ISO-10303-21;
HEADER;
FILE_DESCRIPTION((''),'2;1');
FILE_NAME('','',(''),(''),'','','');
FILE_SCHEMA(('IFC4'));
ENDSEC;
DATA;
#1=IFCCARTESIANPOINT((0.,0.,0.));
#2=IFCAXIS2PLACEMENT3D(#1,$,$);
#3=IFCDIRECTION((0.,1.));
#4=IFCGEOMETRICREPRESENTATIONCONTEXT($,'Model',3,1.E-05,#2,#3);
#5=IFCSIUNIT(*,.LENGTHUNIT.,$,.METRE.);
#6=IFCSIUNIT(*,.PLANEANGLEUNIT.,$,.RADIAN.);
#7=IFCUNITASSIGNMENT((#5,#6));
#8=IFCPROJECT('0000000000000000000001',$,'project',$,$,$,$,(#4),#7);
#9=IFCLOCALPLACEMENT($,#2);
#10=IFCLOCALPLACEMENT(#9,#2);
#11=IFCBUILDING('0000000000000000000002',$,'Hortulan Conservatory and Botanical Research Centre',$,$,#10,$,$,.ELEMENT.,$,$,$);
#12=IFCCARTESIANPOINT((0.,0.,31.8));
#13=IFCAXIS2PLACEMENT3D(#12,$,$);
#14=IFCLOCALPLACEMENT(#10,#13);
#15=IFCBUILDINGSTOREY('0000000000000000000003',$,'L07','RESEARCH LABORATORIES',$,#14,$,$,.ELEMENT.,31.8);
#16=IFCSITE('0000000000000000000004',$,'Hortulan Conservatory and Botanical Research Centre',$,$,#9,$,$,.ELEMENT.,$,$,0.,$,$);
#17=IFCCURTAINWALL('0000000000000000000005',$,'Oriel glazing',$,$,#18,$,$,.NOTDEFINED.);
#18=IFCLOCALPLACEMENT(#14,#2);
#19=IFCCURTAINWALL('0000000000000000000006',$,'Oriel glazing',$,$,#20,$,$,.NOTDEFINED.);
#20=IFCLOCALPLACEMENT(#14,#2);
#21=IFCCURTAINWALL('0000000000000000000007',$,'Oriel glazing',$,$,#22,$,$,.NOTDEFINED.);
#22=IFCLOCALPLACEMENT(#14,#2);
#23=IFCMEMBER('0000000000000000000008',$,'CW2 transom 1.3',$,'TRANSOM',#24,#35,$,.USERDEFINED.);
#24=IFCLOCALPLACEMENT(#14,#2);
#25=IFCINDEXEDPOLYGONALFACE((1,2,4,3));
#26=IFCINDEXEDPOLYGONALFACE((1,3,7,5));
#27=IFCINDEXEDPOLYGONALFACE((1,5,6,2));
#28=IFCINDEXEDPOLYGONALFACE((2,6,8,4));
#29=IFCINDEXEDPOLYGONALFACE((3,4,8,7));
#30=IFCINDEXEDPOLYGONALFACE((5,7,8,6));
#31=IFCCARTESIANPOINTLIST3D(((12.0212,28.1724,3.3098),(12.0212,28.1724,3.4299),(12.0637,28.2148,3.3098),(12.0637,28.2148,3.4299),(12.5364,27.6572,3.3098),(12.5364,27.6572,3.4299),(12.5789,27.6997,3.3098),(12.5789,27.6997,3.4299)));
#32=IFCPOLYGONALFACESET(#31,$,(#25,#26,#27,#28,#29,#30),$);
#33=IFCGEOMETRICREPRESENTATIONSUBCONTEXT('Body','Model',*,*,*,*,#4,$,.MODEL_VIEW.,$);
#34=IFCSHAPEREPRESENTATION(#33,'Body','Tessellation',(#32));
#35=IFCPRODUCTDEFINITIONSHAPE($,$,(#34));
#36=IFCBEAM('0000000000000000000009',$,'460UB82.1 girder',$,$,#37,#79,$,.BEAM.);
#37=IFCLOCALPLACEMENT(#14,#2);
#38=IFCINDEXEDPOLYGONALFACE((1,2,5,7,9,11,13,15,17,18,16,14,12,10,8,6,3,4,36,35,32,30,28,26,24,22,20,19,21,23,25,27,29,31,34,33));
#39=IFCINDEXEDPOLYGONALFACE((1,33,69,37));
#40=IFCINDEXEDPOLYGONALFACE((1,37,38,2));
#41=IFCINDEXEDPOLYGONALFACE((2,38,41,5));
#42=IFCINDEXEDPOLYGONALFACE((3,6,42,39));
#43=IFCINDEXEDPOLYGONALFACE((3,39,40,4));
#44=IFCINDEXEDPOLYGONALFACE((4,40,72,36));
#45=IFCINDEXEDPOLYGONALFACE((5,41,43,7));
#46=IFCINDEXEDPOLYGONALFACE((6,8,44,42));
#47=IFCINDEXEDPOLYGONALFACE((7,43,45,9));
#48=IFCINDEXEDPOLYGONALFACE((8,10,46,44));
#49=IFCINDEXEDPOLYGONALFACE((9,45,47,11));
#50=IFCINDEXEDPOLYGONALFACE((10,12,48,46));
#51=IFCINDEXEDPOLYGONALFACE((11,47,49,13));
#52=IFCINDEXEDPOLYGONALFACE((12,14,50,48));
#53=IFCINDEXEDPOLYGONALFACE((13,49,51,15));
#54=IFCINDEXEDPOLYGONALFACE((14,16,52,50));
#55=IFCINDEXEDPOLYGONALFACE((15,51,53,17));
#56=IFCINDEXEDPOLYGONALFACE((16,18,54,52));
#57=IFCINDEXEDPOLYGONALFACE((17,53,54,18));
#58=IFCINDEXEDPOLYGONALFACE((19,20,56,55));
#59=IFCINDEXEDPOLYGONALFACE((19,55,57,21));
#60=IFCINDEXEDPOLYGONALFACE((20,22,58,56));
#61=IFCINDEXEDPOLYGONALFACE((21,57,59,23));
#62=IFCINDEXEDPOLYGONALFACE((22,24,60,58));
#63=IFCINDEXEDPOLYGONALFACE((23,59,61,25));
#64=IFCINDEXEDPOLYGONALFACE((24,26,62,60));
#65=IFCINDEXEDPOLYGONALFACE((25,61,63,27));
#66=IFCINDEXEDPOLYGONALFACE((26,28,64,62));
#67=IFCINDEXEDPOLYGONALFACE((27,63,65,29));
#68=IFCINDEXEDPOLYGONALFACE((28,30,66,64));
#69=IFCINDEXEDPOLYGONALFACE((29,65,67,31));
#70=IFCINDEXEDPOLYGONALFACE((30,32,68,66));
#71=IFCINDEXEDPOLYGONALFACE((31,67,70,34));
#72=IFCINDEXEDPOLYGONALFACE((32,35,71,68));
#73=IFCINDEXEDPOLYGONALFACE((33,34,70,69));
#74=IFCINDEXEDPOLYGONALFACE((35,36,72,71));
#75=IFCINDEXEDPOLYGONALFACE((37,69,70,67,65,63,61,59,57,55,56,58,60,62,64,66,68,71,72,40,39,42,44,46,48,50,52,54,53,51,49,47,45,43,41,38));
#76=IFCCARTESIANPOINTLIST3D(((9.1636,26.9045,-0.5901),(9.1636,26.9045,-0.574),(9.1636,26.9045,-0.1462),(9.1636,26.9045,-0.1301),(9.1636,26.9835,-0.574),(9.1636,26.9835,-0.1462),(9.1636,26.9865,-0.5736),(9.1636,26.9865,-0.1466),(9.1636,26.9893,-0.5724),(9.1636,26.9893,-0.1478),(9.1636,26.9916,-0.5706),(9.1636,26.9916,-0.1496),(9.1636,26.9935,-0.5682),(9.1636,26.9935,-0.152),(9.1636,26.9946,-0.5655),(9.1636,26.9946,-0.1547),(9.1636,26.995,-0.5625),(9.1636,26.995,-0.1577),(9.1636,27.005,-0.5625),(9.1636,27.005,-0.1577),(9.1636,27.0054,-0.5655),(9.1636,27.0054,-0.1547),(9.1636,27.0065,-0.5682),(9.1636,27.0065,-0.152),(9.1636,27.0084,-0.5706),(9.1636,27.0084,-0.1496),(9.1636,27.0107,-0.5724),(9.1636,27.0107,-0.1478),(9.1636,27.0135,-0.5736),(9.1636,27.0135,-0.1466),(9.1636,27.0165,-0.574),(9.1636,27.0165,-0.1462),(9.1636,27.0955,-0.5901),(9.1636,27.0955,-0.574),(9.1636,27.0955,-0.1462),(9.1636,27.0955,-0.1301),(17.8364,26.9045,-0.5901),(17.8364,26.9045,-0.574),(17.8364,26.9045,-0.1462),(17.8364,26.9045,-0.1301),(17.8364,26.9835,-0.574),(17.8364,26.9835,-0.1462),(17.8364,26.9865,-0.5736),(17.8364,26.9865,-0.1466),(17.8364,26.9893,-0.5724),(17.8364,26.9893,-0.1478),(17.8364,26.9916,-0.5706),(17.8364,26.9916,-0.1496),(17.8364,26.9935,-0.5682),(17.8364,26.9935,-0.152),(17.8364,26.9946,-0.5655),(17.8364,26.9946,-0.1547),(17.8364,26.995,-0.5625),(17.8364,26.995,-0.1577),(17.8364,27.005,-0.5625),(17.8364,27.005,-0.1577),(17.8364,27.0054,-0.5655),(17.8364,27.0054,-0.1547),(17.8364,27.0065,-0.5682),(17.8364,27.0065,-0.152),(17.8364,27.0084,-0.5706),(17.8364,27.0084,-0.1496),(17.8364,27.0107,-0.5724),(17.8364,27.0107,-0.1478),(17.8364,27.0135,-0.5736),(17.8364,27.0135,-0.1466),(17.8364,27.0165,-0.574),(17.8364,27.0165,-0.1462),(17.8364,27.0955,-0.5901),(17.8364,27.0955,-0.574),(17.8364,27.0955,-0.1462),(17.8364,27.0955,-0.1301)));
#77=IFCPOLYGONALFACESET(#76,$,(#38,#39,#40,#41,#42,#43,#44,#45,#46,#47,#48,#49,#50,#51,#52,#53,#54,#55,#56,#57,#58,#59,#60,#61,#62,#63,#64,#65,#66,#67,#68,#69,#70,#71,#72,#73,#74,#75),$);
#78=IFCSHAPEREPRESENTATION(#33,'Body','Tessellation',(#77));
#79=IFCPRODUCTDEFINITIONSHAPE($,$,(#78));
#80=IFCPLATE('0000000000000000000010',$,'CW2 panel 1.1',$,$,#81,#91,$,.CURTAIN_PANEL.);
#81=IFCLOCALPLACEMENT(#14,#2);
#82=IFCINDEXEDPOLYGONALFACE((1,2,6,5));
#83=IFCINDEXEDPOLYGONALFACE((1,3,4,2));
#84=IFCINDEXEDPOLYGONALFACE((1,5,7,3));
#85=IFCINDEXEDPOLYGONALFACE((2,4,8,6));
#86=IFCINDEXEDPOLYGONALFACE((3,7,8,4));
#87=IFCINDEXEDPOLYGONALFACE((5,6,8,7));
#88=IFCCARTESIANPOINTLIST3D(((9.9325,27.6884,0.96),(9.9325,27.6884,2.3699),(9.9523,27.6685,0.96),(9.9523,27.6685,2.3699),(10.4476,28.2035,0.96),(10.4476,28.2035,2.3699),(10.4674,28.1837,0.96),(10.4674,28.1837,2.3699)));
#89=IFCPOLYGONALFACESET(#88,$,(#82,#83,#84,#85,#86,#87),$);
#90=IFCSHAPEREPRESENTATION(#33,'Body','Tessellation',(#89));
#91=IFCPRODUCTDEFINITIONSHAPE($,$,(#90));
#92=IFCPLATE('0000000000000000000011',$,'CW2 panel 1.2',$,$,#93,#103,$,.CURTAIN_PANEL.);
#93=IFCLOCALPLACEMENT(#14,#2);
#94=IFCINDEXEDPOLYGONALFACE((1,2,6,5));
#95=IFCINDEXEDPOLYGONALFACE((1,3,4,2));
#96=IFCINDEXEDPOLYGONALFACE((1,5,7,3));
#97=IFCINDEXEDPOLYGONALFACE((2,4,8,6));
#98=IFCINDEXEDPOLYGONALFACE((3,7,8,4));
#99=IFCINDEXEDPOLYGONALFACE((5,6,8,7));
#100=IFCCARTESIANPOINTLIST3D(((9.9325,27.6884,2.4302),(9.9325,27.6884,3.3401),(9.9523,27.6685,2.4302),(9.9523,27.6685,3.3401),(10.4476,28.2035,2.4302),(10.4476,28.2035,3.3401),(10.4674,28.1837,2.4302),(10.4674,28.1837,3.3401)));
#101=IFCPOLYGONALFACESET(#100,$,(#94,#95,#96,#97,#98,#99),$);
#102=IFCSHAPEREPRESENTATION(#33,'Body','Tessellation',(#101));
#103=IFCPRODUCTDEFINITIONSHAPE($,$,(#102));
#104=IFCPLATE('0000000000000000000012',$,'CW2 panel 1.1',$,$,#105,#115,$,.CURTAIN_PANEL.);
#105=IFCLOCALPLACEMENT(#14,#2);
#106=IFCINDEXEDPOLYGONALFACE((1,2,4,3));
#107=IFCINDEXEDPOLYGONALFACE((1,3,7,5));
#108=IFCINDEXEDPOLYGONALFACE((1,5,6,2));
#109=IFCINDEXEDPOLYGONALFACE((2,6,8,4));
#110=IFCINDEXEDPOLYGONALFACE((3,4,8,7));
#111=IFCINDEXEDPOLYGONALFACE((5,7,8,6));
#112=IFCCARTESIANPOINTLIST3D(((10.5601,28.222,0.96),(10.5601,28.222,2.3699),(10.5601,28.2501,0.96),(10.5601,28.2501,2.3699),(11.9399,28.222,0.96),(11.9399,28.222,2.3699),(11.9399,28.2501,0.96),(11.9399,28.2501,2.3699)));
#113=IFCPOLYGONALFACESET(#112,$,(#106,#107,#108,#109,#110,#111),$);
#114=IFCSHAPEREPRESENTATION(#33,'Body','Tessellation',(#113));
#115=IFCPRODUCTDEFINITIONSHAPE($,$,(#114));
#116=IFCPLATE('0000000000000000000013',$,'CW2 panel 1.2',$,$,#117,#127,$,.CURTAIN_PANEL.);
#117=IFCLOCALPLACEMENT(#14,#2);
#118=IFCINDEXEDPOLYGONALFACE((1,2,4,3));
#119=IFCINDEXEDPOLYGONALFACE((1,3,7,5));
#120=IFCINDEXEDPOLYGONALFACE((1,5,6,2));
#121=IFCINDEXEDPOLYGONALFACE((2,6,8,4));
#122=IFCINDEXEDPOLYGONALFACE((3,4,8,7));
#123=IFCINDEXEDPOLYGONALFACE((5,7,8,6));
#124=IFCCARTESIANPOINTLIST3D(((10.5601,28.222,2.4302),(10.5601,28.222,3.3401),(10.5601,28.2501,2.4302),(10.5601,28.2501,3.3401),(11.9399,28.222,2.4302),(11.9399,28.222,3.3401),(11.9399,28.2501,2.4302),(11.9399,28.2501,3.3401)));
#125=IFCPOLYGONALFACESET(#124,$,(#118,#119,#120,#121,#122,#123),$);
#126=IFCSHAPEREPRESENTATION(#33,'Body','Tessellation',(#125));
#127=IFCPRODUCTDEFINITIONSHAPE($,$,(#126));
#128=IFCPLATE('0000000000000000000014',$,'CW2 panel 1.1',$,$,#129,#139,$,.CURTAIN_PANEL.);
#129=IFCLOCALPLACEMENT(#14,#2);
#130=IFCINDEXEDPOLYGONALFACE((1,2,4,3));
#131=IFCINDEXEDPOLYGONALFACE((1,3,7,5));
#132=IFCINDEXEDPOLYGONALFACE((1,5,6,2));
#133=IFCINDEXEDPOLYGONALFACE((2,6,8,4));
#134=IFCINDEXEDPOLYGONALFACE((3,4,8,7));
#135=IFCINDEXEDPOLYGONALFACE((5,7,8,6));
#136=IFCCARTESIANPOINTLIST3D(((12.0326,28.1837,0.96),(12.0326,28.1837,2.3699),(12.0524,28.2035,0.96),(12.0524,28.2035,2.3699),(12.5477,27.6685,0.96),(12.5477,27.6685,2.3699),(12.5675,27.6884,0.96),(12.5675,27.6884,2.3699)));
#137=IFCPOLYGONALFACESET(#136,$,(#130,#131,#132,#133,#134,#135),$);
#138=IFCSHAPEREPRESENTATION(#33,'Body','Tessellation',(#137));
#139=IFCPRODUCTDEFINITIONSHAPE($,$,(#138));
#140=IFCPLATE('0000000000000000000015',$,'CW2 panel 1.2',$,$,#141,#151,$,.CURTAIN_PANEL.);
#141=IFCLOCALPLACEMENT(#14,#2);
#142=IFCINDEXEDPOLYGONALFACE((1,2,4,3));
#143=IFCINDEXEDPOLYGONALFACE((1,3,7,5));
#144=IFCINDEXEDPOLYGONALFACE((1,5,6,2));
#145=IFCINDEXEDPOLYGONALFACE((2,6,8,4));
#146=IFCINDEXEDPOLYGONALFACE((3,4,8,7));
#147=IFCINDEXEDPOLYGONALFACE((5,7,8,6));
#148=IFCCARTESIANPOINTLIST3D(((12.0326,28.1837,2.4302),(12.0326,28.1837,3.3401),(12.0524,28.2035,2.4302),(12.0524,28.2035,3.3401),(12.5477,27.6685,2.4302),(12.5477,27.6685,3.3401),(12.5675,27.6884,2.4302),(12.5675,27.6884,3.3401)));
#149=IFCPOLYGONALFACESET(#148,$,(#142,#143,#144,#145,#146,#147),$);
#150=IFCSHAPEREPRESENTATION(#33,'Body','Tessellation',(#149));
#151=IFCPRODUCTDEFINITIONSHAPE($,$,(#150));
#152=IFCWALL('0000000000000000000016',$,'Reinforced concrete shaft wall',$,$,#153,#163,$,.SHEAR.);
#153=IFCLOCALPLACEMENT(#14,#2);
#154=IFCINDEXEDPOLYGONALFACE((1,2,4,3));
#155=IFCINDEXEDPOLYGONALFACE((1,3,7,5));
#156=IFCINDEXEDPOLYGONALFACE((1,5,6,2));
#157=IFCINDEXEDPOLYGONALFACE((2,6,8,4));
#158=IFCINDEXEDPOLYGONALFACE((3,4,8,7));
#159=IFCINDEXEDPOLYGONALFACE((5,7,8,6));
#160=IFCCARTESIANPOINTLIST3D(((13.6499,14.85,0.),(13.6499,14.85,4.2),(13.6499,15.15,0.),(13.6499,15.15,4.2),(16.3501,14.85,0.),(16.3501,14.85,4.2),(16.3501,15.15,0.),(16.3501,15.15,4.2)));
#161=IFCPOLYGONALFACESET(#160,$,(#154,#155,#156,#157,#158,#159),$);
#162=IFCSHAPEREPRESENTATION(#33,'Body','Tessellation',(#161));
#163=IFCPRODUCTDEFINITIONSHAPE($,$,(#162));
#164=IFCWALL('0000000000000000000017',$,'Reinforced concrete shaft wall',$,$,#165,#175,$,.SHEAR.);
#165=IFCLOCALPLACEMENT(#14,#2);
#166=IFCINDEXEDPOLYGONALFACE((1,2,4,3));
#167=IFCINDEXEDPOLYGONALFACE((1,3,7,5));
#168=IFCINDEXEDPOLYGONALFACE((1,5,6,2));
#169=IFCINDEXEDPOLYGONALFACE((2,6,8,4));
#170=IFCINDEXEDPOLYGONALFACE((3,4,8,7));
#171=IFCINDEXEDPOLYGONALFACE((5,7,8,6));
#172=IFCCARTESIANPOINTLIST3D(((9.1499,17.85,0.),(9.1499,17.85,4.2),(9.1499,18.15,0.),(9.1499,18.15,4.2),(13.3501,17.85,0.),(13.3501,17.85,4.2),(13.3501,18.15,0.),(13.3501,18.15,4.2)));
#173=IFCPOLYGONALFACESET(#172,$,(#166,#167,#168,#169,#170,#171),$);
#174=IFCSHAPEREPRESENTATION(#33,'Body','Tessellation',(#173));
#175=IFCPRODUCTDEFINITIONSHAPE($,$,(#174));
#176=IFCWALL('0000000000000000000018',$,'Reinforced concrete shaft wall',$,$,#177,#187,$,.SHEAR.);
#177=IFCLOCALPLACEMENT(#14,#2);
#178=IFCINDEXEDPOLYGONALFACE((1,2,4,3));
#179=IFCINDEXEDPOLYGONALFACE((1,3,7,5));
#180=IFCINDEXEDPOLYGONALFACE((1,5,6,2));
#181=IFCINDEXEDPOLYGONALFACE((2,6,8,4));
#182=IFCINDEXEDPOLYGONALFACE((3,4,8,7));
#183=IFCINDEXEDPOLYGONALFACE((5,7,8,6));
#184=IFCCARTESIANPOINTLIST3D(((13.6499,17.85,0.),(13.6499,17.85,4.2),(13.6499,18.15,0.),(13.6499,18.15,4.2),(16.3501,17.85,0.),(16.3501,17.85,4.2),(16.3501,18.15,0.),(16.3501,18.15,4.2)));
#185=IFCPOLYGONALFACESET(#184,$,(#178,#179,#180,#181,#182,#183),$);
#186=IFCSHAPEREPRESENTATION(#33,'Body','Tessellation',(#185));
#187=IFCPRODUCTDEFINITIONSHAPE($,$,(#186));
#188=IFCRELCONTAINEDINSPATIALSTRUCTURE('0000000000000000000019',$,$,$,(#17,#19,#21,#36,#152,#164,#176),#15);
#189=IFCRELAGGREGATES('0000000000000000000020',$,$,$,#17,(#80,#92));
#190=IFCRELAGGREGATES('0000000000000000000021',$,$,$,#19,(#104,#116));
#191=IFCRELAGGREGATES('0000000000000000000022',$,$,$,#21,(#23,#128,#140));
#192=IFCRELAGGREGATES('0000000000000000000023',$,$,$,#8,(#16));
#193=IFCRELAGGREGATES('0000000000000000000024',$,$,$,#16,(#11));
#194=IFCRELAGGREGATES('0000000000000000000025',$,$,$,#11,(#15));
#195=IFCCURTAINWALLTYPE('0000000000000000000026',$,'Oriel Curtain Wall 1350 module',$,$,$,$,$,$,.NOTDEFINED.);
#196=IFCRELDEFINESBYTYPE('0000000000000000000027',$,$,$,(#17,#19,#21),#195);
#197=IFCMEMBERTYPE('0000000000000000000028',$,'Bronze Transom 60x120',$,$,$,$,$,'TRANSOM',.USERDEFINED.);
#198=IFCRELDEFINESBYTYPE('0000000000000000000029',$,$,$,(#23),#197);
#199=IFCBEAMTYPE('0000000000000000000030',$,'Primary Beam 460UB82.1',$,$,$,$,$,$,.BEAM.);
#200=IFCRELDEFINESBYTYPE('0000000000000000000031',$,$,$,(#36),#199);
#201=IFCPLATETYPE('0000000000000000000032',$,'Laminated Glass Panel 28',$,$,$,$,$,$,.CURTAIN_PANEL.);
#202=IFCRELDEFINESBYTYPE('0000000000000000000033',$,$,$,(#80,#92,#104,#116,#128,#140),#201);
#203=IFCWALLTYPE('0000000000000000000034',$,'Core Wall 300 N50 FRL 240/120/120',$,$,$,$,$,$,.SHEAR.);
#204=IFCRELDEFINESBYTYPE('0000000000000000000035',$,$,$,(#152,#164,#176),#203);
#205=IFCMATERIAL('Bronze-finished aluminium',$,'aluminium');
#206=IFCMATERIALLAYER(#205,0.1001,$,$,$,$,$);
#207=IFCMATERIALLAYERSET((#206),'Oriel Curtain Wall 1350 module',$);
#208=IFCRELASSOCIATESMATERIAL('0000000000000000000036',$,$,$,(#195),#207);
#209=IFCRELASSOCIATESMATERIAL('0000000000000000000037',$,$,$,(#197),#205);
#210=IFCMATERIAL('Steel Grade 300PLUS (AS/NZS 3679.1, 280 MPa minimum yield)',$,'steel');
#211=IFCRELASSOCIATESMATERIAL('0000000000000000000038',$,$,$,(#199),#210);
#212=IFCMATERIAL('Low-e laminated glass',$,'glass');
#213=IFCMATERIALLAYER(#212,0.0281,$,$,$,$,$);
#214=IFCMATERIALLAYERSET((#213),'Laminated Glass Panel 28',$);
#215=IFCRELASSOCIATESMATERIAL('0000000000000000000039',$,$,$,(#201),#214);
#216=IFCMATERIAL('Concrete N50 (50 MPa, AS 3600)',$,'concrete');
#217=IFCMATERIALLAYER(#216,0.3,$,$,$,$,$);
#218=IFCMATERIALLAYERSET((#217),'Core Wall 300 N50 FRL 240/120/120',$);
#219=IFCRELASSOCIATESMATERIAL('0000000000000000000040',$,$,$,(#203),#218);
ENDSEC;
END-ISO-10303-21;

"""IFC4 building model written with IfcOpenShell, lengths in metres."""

from ifc_helpers import new_model, si_unit, direction, frame, frame_2d, origin, origin_2d, place, context, subcontext, project, spatial, rectangle, i_section, extrude, material, layer, layer_set, material_profile, profile_set, type_object, element, aggregate, save


model = new_model("IFC4")

# Units and contexts
model_context = context("Model", 3, precision=1e-05, world=origin(), true_north=direction((0.0, 1.0)))
body_context = subcontext(model_context, "Body", "Model", "MODEL_VIEW")
ifc_project = project(units=[si_unit("LENGTHUNIT", "METRE"), si_unit("PLANEANGLEUNIT", "RADIAN")], contexts=[model_context])

# Site, building, storey
site_placement = place(None, origin())
site = spatial("IfcSite", under=ifc_project, at=site_placement, Name="Hortulan Conservatory and Botanical Research Centre", CompositionType="ELEMENT", RefElevation=0.0)
building_placement = place(site_placement, origin())
building = spatial("IfcBuilding", under=site, at=building_placement, Name="Hortulan Conservatory and Botanical Research Centre", CompositionType="ELEMENT")
storey_placement = place(building_placement, frame((0.0, 0.0, 31.8)))
storey = spatial("IfcBuildingStorey", under=building, at=storey_placement, Name="L07", Description="RESEARCH LABORATORIES", CompositionType="ELEMENT", Elevation=31.8)

# Curtain walls
ifc_material_1 = material(Name="Bronze-finished aluminium", Category="aluminium")
ifc_layer_1 = layer(ifc_material_1, 0.1001)
ifc_layer_set_1 = layer_set([ifc_layer_1], Name="Oriel Curtain Wall 1350 module")
curtain_wall_type = type_object("IfcCurtainWallType", Name="Oriel Curtain Wall 1350 module", PredefinedType="NOTDEFINED", material=ifc_layer_set_1)
curtain_wall_1_placement = place(storey_placement, origin())
curtain_wall_1 = element("IfcCurtainWall", 1, at=curtain_wall_1_placement, inside=storey, type_object=curtain_wall_type, Name="Oriel glazing", PredefinedType="NOTDEFINED")
curtain_wall_2_placement = place(storey_placement, origin())
curtain_wall_2 = element("IfcCurtainWall", 2, at=curtain_wall_2_placement, inside=storey, type_object=curtain_wall_type, Name="Oriel glazing", PredefinedType="NOTDEFINED")
curtain_wall_3_placement = place(storey_placement, origin())
curtain_wall_3 = element("IfcCurtainWall", 3, at=curtain_wall_3_placement, inside=storey, type_object=curtain_wall_type, Name="Oriel glazing", PredefinedType="NOTDEFINED")

# Member
ifc_material_profile_1 = material_profile(ifc_material_1, rectangle(XDim=0.0601, YDim=0.1201, at=origin_2d()), Name="Bronze Transom 60x120")
ifc_profile_set_1 = profile_set([ifc_material_profile_1], Name="Bronze-finished aluminium")
member_type_1 = type_object("IfcMemberType", Name="Bronze Transom 60x120", ElementType="TRANSOM", PredefinedType="USERDEFINED", material=ifc_profile_set_1)
member_1_placement = place(storey_placement, frame((12.0425, 28.1936, 3.3699), z_axis=(0.707107, -0.707107, 0.0), x_axis=(0.707107, 0.707107, 0.0)))
member_1 = element("IfcMember", 4, at=member_1_placement, type_object=member_type_1, Name="CW2 transom 1.3", ObjectType="TRANSOM", PredefinedType="USERDEFINED", context=body_context, shape_type="SweptSolid", body=[
    extrude(rectangle(XDim=0.0601, YDim=0.1201, at=origin_2d()), origin(), (0.0, 0.0, 1.0), 0.7285),
])

# Beam
ifc_material_2 = material(Name="Steel Grade 300PLUS (AS/NZS 3679.1, 280 MPa minimum yield)", Category="steel")
ifc_material_profile_2 = material_profile(ifc_material_2, i_section(OverallWidth=0.1909, OverallDepth=0.46, WebThickness=0.01, FlangeThickness=0.0161, FilletRadius=0.0115, at=origin_2d()), Name="460UB82.1")
ifc_profile_set_2 = profile_set([ifc_material_profile_2], Name="Steel Grade 300PLUS (AS/NZS 3679.1, 280 MPa minimum yield)")
beam_type = type_object("IfcBeamType", Name="Primary Beam 460UB82.1", PredefinedType="BEAM", material=ifc_profile_set_2)
beam_placement = place(storey_placement, frame((9.1636, 27.0, -0.3601), z_axis=(1.0, 0.0, 0.0), x_axis=(0.0, 1.0, 0.0)))
element("IfcBeam", 5, at=beam_placement, inside=storey, type_object=beam_type, Name="460UB82.1 girder", PredefinedType="BEAM", context=body_context, shape_type="SweptSolid", body=[
    extrude(i_section(OverallWidth=0.1909, OverallDepth=0.46, WebThickness=0.01, FlangeThickness=0.0161, FilletRadius=0.0115, at=origin_2d()), origin(), (0.0, 0.0, 1.0), 8.6729),
])

# Plates
ifc_material_3 = material(Name="Low-e laminated glass", Category="glass")
ifc_layer_2 = layer(ifc_material_3, 0.0281)
ifc_layer_set_2 = layer_set([ifc_layer_2], Name="Laminated Glass Panel 28")
plate_type = type_object("IfcPlateType", Name="Laminated Glass Panel 28", PredefinedType="CURTAIN_PANEL", material=ifc_layer_set_2)
plate_1_placement = place(storey_placement, frame((10.2, 27.936, 0.96), z_axis=(0.0, 0.0, 1.0), x_axis=(0.707107, 0.707107, 0.0)))
plate_1 = element("IfcPlate", 6, at=plate_1_placement, type_object=plate_type, Name="CW2 panel 1.1", PredefinedType="CURTAIN_PANEL", context=body_context, shape_type="SweptSolid", body=[
    extrude(rectangle(XDim=0.7285, YDim=0.0281, at=origin_2d()), origin(), (0.0, 0.0, 1.0), 1.4099),
])
plate_2_placement = place(storey_placement, frame((10.2, 27.936, 2.4302), z_axis=(0.0, 0.0, 1.0), x_axis=(0.707107, 0.707107, 0.0)))
plate_2 = element("IfcPlate", 7, at=plate_2_placement, type_object=plate_type, Name="CW2 panel 1.2", PredefinedType="CURTAIN_PANEL", context=body_context, shape_type="SweptSolid", body=[
    extrude(rectangle(XDim=0.7285, YDim=0.0281, at=origin_2d()), origin(), (0.0, 0.0, 1.0), 0.9099),
])
aggregate(curtain_wall_1, [plate_1, plate_2])
plate_3_placement = place(storey_placement, frame((11.25, 28.2361, 0.96), z_axis=(0.0, 0.0, 1.0), x_axis=(1.0, 0.0, 0.0)))
plate_3 = element("IfcPlate", 8, at=plate_3_placement, type_object=plate_type, Name="CW2 panel 1.1", PredefinedType="CURTAIN_PANEL", context=body_context, shape_type="SweptSolid", body=[
    extrude(rectangle(XDim=1.3799, YDim=0.0281, at=origin_2d()), origin(), (0.0, 0.0, 1.0), 1.4099),
])
plate_4_placement = place(storey_placement, frame((11.25, 28.2361, 2.4302), z_axis=(0.0, 0.0, 1.0), x_axis=(1.0, 0.0, 0.0)))
plate_4 = element("IfcPlate", 9, at=plate_4_placement, type_object=plate_type, Name="CW2 panel 1.2", PredefinedType="CURTAIN_PANEL", context=body_context, shape_type="SweptSolid", body=[
    extrude(rectangle(XDim=1.3799, YDim=0.0281, at=origin_2d()), origin(), (0.0, 0.0, 1.0), 0.9099),
])
aggregate(curtain_wall_2, [plate_3, plate_4])
plate_5_placement = place(storey_placement, frame((12.3, 27.936, 0.96), z_axis=(0.0, 0.0, 1.0), x_axis=(0.707107, -0.707107, 0.0)))
plate_5 = element("IfcPlate", 10, at=plate_5_placement, type_object=plate_type, Name="CW2 panel 1.1", PredefinedType="CURTAIN_PANEL", context=body_context, shape_type="SweptSolid", body=[
    extrude(rectangle(XDim=0.7285, YDim=0.0281, at=origin_2d()), origin(), (0.0, 0.0, 1.0), 1.4099),
])
plate_6_placement = place(storey_placement, frame((12.3, 27.936, 2.4302), z_axis=(0.0, 0.0, 1.0), x_axis=(0.707107, -0.707107, 0.0)))
plate_6 = element("IfcPlate", 11, at=plate_6_placement, type_object=plate_type, Name="CW2 panel 1.2", PredefinedType="CURTAIN_PANEL", context=body_context, shape_type="SweptSolid", body=[
    extrude(rectangle(XDim=0.7285, YDim=0.0281, at=origin_2d()), origin(), (0.0, 0.0, 1.0), 0.9099),
])
aggregate(curtain_wall_3, [member_1, plate_5, plate_6])

# Walls
ifc_material_4 = material(Name="Concrete N50 (50 MPa, AS 3600)", Category="concrete")
ifc_layer_3 = layer(ifc_material_4, 0.3)
ifc_layer_set_3 = layer_set([ifc_layer_3], Name="Core Wall 300 N50 FRL 240/120/120")
wall_type_1 = type_object("IfcWallType", Name="Core Wall 300 N50 FRL 240/120/120", PredefinedType="SHEAR", material=ifc_layer_set_3)
wall_1_placement = place(storey_placement, frame((13.6499, 15.0, 0.0), z_axis=(0.0, 0.0, 1.0), x_axis=(1.0, 0.0, 0.0)))
element("IfcWall", 12, at=wall_1_placement, inside=storey, type_object=wall_type_1, Name="Reinforced concrete shaft wall", PredefinedType="SHEAR", context=body_context, shape_type="SweptSolid", body=[
    extrude(rectangle(XDim=2.7002, YDim=0.3, at=frame_2d((1.3501, 0.0))), origin(), (0.0, 0.0, 1.0), 4.2),
])
wall_2_placement = place(storey_placement, frame((9.1499, 18.0, 0.0), z_axis=(0.0, 0.0, 1.0), x_axis=(1.0, 0.0, 0.0)))
element("IfcWall", 13, at=wall_2_placement, inside=storey, type_object=wall_type_1, Name="Reinforced concrete shaft wall", PredefinedType="SHEAR", context=body_context, shape_type="SweptSolid", body=[
    extrude(rectangle(XDim=4.2002, YDim=0.3, at=frame_2d((2.1001, 0.0))), origin(), (0.0, 0.0, 1.0), 4.2),
])
wall_3_placement = place(storey_placement, frame((13.6499, 18.0, 0.0), z_axis=(0.0, 0.0, 1.0), x_axis=(1.0, 0.0, 0.0)))
element("IfcWall", 14, at=wall_3_placement, inside=storey, type_object=wall_type_1, Name="Reinforced concrete shaft wall", PredefinedType="SHEAR", context=body_context, shape_type="SweptSolid", body=[
    extrude(rectangle(XDim=2.7002, YDim=0.3, at=frame_2d((1.3501, 0.0))), origin(), (0.0, 0.0, 1.0), 4.2),
])

save(model, "model.ifc")
